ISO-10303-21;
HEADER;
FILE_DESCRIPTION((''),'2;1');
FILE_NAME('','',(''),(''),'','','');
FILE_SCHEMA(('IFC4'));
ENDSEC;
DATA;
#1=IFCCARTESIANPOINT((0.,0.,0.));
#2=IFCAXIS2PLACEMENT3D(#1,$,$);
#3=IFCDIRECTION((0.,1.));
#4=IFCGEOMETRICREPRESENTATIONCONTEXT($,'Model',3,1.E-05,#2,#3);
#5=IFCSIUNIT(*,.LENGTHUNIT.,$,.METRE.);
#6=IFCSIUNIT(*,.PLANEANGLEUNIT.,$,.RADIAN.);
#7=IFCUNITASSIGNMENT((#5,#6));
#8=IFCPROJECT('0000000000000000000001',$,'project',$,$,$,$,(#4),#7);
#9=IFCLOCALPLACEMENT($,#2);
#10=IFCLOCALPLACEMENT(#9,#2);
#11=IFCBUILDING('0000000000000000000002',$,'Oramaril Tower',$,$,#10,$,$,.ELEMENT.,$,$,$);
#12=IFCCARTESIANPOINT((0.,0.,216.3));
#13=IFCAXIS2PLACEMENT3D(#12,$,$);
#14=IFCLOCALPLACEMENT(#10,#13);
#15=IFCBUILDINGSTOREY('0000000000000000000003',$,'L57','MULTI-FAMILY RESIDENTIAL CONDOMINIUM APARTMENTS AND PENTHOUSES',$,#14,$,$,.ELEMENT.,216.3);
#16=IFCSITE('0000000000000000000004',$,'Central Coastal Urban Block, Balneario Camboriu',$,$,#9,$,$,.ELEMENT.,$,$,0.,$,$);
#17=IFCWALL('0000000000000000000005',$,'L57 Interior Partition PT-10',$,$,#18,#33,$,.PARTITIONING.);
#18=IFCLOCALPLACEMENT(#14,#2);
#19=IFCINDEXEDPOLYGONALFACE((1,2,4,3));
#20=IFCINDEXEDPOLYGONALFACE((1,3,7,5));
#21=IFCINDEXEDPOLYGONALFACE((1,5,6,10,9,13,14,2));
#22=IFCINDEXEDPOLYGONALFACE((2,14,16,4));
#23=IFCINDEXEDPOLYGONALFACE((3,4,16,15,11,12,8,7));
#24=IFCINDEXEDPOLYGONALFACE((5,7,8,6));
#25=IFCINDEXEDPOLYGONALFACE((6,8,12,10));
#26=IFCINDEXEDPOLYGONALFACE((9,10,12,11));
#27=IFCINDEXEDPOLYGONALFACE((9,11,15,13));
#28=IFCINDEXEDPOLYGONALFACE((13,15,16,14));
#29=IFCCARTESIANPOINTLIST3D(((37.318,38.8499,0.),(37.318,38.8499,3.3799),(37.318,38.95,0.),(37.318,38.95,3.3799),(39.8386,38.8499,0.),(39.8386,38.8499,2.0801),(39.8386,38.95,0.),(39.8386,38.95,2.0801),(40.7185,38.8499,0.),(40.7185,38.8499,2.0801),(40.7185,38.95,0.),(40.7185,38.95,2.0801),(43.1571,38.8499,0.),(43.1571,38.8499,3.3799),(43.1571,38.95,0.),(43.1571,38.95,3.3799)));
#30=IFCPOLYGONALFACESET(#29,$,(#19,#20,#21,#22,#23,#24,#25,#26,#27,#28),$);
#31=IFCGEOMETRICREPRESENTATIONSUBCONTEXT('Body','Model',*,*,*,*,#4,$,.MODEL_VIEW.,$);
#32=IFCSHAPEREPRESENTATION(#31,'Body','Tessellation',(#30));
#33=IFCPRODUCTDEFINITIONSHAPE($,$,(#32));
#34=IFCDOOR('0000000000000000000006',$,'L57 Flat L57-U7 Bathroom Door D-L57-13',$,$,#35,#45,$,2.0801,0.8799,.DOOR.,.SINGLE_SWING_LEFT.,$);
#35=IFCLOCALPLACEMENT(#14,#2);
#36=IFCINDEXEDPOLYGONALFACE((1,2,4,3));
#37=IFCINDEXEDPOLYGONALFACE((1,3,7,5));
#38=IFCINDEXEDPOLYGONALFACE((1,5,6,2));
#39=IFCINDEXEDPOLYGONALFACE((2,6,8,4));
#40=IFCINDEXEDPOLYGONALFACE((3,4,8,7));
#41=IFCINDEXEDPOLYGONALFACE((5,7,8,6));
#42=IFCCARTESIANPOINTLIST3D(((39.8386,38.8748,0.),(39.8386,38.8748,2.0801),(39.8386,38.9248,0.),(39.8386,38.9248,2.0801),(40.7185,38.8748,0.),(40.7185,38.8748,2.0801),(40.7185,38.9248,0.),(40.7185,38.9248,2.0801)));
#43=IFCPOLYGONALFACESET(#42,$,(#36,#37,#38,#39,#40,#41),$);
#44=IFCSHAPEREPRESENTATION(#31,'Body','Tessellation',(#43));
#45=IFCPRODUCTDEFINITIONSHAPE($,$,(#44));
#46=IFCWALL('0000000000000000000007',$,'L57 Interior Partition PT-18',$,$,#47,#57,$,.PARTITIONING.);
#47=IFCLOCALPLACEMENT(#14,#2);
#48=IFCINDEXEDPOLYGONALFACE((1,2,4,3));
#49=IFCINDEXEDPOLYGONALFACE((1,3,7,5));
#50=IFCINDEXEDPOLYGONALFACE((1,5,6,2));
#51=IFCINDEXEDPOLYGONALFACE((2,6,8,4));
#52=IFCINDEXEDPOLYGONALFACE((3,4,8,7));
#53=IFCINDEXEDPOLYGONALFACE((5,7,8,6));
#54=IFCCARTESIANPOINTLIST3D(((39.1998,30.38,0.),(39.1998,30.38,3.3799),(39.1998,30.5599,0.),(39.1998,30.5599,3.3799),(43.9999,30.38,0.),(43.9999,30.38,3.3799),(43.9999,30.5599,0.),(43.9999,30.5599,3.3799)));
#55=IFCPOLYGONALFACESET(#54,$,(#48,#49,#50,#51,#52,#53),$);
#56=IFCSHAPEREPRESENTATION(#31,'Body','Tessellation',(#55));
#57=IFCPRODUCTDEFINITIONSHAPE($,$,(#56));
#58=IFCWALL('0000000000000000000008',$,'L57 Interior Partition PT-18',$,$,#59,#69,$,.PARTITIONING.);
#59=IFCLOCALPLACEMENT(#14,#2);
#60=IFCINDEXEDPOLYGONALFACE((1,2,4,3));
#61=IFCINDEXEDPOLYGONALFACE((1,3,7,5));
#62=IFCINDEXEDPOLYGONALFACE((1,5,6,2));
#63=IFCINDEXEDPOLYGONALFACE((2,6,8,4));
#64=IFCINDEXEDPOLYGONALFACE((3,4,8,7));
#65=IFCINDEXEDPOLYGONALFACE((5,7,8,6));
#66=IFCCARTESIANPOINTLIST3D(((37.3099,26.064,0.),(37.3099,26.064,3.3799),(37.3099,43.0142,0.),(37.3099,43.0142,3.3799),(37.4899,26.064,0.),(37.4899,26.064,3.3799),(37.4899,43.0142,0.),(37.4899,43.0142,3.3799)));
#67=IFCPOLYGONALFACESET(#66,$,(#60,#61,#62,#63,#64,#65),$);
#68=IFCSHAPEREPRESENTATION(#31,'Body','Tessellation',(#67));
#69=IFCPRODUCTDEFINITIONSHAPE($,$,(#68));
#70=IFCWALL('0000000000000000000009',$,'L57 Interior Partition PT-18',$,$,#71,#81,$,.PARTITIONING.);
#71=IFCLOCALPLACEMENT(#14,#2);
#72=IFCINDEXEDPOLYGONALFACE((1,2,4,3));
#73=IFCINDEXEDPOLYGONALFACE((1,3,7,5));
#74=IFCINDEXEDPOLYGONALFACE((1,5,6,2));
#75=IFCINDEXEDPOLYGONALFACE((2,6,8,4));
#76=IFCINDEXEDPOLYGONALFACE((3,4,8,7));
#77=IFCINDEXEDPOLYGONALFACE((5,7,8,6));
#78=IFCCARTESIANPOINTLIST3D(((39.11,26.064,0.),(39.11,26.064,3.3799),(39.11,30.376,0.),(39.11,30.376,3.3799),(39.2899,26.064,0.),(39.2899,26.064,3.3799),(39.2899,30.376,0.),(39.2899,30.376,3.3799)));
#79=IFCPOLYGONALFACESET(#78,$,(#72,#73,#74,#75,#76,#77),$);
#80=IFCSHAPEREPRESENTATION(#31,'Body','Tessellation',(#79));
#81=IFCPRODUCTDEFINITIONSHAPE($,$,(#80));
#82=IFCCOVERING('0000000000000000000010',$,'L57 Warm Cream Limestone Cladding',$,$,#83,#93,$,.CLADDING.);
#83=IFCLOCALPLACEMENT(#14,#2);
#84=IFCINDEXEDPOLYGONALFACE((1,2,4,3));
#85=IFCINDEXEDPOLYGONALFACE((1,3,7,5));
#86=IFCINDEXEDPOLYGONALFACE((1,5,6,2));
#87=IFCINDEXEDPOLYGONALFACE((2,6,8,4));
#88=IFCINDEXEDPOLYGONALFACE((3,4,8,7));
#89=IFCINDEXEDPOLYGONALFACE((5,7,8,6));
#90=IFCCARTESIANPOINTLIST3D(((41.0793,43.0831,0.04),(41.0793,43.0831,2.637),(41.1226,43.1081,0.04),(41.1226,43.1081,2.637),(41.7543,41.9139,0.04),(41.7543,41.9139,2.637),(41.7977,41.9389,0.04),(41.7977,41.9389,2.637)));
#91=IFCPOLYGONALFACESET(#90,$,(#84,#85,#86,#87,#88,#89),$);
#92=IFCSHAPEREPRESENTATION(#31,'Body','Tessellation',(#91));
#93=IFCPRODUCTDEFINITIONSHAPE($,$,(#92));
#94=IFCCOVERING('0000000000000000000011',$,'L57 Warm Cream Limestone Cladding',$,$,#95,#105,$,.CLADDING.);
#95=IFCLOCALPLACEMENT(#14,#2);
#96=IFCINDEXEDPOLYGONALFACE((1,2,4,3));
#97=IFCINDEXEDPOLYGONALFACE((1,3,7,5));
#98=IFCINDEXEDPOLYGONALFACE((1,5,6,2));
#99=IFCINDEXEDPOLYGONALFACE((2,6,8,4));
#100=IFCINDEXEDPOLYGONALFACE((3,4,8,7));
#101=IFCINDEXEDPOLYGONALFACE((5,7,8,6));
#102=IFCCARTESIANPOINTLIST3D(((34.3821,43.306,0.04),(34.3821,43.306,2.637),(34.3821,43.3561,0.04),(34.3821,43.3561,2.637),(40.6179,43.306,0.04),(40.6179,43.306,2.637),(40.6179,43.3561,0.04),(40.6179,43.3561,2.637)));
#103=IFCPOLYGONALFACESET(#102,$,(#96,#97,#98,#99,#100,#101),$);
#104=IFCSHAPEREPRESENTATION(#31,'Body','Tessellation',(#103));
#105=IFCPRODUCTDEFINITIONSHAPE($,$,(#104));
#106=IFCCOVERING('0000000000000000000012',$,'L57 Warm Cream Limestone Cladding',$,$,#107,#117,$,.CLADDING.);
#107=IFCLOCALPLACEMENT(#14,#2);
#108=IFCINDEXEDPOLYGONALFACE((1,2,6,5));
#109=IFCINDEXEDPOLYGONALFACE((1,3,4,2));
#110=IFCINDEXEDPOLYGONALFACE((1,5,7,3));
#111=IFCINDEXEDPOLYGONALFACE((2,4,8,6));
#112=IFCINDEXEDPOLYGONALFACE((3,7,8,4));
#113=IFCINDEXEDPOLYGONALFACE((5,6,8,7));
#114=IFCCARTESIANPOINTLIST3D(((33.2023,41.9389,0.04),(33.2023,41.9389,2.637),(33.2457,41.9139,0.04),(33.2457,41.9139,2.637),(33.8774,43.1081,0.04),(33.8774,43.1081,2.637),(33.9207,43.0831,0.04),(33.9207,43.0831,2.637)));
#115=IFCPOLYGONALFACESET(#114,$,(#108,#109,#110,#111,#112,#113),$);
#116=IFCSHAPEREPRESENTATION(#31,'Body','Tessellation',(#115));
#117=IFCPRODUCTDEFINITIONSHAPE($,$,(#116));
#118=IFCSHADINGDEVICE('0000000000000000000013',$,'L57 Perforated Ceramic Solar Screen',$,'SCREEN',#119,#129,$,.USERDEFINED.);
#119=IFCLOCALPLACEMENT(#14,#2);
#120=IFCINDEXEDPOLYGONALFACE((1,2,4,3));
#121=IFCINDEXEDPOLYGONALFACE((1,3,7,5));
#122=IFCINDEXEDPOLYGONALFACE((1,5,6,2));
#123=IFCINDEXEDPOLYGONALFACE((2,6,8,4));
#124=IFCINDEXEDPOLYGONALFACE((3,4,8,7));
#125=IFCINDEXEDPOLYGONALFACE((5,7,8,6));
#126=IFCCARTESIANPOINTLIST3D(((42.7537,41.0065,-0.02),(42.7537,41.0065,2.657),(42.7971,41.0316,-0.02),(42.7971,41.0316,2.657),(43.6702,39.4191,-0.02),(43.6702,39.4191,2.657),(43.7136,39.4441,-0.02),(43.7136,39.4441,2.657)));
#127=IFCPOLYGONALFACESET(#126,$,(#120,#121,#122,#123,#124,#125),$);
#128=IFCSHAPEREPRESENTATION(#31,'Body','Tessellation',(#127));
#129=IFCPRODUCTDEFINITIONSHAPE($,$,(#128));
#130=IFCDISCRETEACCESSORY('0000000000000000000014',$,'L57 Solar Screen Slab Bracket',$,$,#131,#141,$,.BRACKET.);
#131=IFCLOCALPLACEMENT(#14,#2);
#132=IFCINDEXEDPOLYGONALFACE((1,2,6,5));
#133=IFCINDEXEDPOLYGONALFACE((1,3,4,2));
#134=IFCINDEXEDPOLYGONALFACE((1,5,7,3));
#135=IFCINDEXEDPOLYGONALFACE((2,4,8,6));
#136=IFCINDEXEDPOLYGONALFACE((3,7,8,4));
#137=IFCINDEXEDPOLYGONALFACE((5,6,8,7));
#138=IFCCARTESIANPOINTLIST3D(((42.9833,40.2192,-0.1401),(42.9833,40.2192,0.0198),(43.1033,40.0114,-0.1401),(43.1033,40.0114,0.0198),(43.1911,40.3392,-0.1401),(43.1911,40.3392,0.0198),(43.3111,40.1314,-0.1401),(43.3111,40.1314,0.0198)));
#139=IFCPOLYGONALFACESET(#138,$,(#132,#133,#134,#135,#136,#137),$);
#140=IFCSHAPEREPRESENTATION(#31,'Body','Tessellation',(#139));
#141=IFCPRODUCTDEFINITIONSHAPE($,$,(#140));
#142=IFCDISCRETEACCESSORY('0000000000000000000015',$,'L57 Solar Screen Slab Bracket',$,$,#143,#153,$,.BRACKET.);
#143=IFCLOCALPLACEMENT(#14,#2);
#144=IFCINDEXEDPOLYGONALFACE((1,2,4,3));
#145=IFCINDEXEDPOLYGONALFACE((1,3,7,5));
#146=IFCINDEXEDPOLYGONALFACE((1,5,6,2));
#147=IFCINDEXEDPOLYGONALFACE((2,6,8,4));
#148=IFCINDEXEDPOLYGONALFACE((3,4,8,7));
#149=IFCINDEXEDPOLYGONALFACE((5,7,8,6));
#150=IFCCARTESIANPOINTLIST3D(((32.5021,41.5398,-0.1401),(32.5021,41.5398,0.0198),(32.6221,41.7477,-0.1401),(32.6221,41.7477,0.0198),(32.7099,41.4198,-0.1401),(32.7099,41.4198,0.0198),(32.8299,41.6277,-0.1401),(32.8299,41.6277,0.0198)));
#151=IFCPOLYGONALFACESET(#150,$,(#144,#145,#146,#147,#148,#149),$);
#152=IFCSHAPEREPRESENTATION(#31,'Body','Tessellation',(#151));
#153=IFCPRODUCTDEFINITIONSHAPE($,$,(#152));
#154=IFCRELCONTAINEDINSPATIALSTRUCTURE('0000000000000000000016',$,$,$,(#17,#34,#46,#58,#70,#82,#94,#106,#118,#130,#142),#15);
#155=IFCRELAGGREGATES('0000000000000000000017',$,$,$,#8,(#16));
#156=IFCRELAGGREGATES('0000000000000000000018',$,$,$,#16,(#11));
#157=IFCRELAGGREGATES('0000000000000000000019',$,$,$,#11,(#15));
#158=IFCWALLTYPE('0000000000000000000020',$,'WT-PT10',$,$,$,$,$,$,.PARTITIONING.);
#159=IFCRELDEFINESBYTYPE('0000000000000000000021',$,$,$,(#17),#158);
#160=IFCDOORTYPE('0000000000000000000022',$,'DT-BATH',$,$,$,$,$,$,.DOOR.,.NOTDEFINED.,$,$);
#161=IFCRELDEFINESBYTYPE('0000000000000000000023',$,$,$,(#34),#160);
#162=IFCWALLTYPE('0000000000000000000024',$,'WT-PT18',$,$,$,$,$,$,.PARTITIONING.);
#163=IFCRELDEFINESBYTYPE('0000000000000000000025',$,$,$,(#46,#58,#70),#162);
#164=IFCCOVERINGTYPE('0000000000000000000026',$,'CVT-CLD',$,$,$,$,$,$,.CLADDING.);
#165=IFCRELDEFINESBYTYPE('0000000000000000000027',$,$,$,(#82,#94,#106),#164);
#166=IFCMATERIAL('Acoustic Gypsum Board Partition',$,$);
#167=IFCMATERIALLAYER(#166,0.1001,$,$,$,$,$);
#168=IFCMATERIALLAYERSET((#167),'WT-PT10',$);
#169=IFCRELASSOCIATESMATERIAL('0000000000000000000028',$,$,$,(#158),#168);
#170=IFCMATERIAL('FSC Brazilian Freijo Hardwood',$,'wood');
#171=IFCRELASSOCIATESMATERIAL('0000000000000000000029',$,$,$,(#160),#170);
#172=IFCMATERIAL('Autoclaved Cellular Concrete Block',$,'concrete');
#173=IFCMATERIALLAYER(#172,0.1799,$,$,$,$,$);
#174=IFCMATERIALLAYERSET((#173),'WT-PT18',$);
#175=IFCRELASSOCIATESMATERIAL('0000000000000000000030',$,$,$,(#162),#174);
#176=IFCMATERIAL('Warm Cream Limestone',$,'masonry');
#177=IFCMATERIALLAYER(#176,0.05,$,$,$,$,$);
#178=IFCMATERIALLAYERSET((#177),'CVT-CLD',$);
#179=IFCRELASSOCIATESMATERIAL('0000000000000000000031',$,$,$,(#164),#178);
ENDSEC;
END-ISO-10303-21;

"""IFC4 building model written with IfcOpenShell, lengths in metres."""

from ifc_helpers import new_model, si_unit, direction, frame, frame_2d, origin, origin_2d, place, context, subcontext, project, spatial, rectangle, extrude, material, layer, layer_set, type_object, element, fill, save


model = new_model("IFC4")

# Units and contexts
model_context = context("Model", 3, precision=1e-05, world=origin(), true_north=direction((0.0, 1.0)))
body_context = subcontext(model_context, "Body", "Model", "MODEL_VIEW")
ifc_project = project(units=[si_unit("LENGTHUNIT", "METRE"), si_unit("PLANEANGLEUNIT", "RADIAN")], contexts=[model_context])

# Site, building, storey
site_placement = place(None, origin())
site = spatial("IfcSite", under=ifc_project, at=site_placement, Name="Central Coastal Urban Block, Balneario Camboriu", CompositionType="ELEMENT", RefElevation=0.0)
building_placement = place(site_placement, origin())
building = spatial("IfcBuilding", under=site, at=building_placement, Name="Oramaril Tower", CompositionType="ELEMENT")
storey_placement = place(building_placement, frame((0.0, 0.0, 216.3)))
storey = spatial("IfcBuildingStorey", under=building, at=storey_placement, Name="L57", Description="MULTI-FAMILY RESIDENTIAL CONDOMINIUM APARTMENTS AND PENTHOUSES", CompositionType="ELEMENT", Elevation=216.3)

# Wall, opening, door
ifc_material_1 = material(Name="Acoustic Gypsum Board Partition")
ifc_layer_1 = layer(ifc_material_1, 0.1001)
ifc_layer_set_1 = layer_set([ifc_layer_1], Name="WT-PT10")
wall_type_1 = type_object("IfcWallType", Name="WT-PT10", PredefinedType="PARTITIONING", material=ifc_layer_set_1)
wall_1_placement = place(storey_placement, frame((37.3181, 38.8999, 0.0), z_axis=(0.0, 0.0, 1.0), x_axis=(1.0, 0.0, 0.0)))
wall_1 = element("IfcWall", 1, at=wall_1_placement, inside=storey, type_object=wall_type_1, Name="L57 Interior Partition PT-10", PredefinedType="PARTITIONING", context=body_context, shape_type="SweptSolid", body=[
    extrude(rectangle(XDim=5.8391, YDim=0.1001, at=frame_2d((2.9194, 0.0))), origin(), (0.0, 0.0, 1.0), 3.3799),
])
opening_1_placement = place(wall_1_placement, frame((2.5205, 0.0, 0.0)))
opening_1 = element("IfcOpeningElement", 2, at=opening_1_placement, cuts=wall_1, PredefinedType="OPENING", context=body_context, shape_type="SweptSolid", body=[
    extrude(rectangle(XDim=0.8799, YDim=2.0801, at=frame_2d((0.4399, 1.04))), frame((0.0, 0.05, 0.0), z_axis=(0.0, -1.0, 0.0), x_axis=(1.0, 0.0, 0.0)), (0.0, 0.0, 1.0), 0.1001),
])
ifc_material_2 = material(Name="FSC Brazilian Freijo Hardwood", Category="wood")
door_type_1 = type_object("IfcDoorType", Name="DT-BATH", OperationType="NOTDEFINED", PredefinedType="DOOR", material=ifc_material_2)
door_1_placement = place(opening_1_placement, origin())
door_1 = element("IfcDoor", 3, at=door_1_placement, inside=storey, type_object=door_type_1, Name="L57 Flat L57-U7 Bathroom Door D-L57-13", OperationType="SINGLE_SWING_LEFT", OverallHeight=2.0801, OverallWidth=0.8799, PredefinedType="DOOR", context=body_context, shape_type="SweptSolid", body=[
    extrude(rectangle(XDim=0.8799, YDim=2.0801, at=frame_2d((0.4399, 1.04))), frame((0.0, 0.0249, 0.0), z_axis=(0.0, -1.0, 0.0), x_axis=(1.0, 0.0, 0.0)), (0.0, 0.0, 1.0), 0.05),
])
fill(opening_1, door_1)

# Walls
ifc_material_3 = material(Name="Autoclaved Cellular Concrete Block", Category="concrete")
ifc_layer_2 = layer(ifc_material_3, 0.1799)
ifc_layer_set_2 = layer_set([ifc_layer_2], Name="WT-PT18")
wall_type_2 = type_object("IfcWallType", Name="WT-PT18", PredefinedType="PARTITIONING", material=ifc_layer_set_2)
wall_2_placement = place(storey_placement, frame((39.2, 30.47, 0.0), z_axis=(0.0, 0.0, 1.0), x_axis=(1.0, 0.0, 0.0)))
element("IfcWall", 4, at=wall_2_placement, inside=storey, type_object=wall_type_2, Name="L57 Interior Partition PT-18", PredefinedType="PARTITIONING", context=body_context, shape_type="SweptSolid", body=[
    extrude(rectangle(XDim=4.8, YDim=0.1799, at=frame_2d((2.3999, 0.0))), origin(), (0.0, 0.0, 1.0), 3.3799),
])
wall_3_placement = place(storey_placement, frame((37.3999, 26.064, 0.0), z_axis=(0.0, 0.0, 1.0), x_axis=(0.0, 1.0, 0.0)))
element("IfcWall", 5, at=wall_3_placement, inside=storey, type_object=wall_type_2, Name="L57 Interior Partition PT-18", PredefinedType="PARTITIONING", context=body_context, shape_type="SweptSolid", body=[
    extrude(rectangle(XDim=16.9502, YDim=0.1799, at=frame_2d((8.4751, 0.0))), origin(), (0.0, 0.0, 1.0), 3.3799),
])
wall_4_placement = place(storey_placement, frame((39.2, 26.064, 0.0), z_axis=(0.0, 0.0, 1.0), x_axis=(0.0, 1.0, 0.0)))
element("IfcWall", 6, at=wall_4_placement, inside=storey, type_object=wall_type_2, Name="L57 Interior Partition PT-18", PredefinedType="PARTITIONING", context=body_context, shape_type="SweptSolid", body=[
    extrude(rectangle(XDim=4.312, YDim=0.1799, at=frame_2d((2.156, 0.0))), origin(), (0.0, 0.0, 1.0), 3.3799),
])

# Coverings
ifc_material_4 = material(Name="Warm Cream Limestone", Category="masonry")
ifc_layer_3 = layer(ifc_material_4, 0.05)
ifc_layer_set_3 = layer_set([ifc_layer_3], Name="CVT-CLD")
covering_type = type_object("IfcCoveringType", Name="CVT-CLD", PredefinedType="CLADDING", material=ifc_layer_set_3)
covering_1_placement = place(storey_placement, frame((41.4385, 42.511, 0.04), z_axis=(0.0, 0.0, 1.0), x_axis=(-0.500002, 0.866025, 0.0)))
element("IfcCovering", 7, at=covering_1_placement, inside=storey, type_object=covering_type, Name="L57 Warm Cream Limestone Cladding", PredefinedType="CLADDING", context=body_context, shape_type="SweptSolid", body=[
    extrude(rectangle(XDim=1.3501, YDim=0.05, at=origin_2d()), origin(), (0.0, 0.0, 1.0), 2.5969),
])
covering_2_placement = place(storey_placement, frame((37.5, 43.3311, 0.04), z_axis=(0.0, 0.0, 1.0), x_axis=(-1.0, 0.0, 0.0)))
element("IfcCovering", 8, at=covering_2_placement, inside=storey, type_object=covering_type, Name="L57 Warm Cream Limestone Cladding", PredefinedType="CLADDING", context=body_context, shape_type="SweptSolid", body=[
    extrude(rectangle(XDim=6.2358, YDim=0.05, at=origin_2d()), origin(), (0.0, 0.0, 1.0), 2.5969),
])
covering_3_placement = place(storey_placement, frame((33.5615, 42.511, 0.04), z_axis=(0.0, 0.0, 1.0), x_axis=(-0.500002, -0.866025, 0.0)))
element("IfcCovering", 9, at=covering_3_placement, inside=storey, type_object=covering_type, Name="L57 Warm Cream Limestone Cladding", PredefinedType="CLADDING", context=body_context, shape_type="SweptSolid", body=[
    extrude(rectangle(XDim=1.3501, YDim=0.05, at=origin_2d()), origin(), (0.0, 0.0, 1.0), 2.5969),
])

# Shading device
shading_device_placement = place(storey_placement, frame((43.2336, 40.2253, -0.02), z_axis=(0.0, 0.0, 1.0), x_axis=(-0.500002, 0.866025, 0.0)))
element("IfcShadingDevice", 10, at=shading_device_placement, inside=storey, Name="L57 Perforated Ceramic Solar Screen", ObjectType="SCREEN", PredefinedType="USERDEFINED", context=body_context, shape_type="SweptSolid", body=[
    extrude(rectangle(XDim=1.833, YDim=0.05, at=origin_2d()), origin(), (0.0, 0.0, 1.0), 2.677),
])

# Discrete accessories
for number, where, z_axis, x_axis, name in (
    (11, (43.1472, 40.1753, -0.1401), (0.0, 0.0, 1.0), (-0.500002, 0.866025, 0.0), "L57 Solar Screen Slab Bracket"),
    (12, (32.666, 41.5837, -0.1401), (0.0, 0.0, 1.0), (-0.500002, -0.866025, 0.0), "L57 Solar Screen Slab Bracket"),
):
    element("IfcDiscreteAccessory", number, at=place(storey_placement, frame(where, z_axis=z_axis, x_axis=x_axis)), inside=storey, Name=name, PredefinedType="BRACKET", context=body_context, shape_type="SweptSolid", body=[
        extrude(rectangle(XDim=0.24, YDim=0.24, at=origin_2d()), origin(), (0.0, 0.0, 1.0), 0.1599),
    ])

save(model, "model.ifc")
